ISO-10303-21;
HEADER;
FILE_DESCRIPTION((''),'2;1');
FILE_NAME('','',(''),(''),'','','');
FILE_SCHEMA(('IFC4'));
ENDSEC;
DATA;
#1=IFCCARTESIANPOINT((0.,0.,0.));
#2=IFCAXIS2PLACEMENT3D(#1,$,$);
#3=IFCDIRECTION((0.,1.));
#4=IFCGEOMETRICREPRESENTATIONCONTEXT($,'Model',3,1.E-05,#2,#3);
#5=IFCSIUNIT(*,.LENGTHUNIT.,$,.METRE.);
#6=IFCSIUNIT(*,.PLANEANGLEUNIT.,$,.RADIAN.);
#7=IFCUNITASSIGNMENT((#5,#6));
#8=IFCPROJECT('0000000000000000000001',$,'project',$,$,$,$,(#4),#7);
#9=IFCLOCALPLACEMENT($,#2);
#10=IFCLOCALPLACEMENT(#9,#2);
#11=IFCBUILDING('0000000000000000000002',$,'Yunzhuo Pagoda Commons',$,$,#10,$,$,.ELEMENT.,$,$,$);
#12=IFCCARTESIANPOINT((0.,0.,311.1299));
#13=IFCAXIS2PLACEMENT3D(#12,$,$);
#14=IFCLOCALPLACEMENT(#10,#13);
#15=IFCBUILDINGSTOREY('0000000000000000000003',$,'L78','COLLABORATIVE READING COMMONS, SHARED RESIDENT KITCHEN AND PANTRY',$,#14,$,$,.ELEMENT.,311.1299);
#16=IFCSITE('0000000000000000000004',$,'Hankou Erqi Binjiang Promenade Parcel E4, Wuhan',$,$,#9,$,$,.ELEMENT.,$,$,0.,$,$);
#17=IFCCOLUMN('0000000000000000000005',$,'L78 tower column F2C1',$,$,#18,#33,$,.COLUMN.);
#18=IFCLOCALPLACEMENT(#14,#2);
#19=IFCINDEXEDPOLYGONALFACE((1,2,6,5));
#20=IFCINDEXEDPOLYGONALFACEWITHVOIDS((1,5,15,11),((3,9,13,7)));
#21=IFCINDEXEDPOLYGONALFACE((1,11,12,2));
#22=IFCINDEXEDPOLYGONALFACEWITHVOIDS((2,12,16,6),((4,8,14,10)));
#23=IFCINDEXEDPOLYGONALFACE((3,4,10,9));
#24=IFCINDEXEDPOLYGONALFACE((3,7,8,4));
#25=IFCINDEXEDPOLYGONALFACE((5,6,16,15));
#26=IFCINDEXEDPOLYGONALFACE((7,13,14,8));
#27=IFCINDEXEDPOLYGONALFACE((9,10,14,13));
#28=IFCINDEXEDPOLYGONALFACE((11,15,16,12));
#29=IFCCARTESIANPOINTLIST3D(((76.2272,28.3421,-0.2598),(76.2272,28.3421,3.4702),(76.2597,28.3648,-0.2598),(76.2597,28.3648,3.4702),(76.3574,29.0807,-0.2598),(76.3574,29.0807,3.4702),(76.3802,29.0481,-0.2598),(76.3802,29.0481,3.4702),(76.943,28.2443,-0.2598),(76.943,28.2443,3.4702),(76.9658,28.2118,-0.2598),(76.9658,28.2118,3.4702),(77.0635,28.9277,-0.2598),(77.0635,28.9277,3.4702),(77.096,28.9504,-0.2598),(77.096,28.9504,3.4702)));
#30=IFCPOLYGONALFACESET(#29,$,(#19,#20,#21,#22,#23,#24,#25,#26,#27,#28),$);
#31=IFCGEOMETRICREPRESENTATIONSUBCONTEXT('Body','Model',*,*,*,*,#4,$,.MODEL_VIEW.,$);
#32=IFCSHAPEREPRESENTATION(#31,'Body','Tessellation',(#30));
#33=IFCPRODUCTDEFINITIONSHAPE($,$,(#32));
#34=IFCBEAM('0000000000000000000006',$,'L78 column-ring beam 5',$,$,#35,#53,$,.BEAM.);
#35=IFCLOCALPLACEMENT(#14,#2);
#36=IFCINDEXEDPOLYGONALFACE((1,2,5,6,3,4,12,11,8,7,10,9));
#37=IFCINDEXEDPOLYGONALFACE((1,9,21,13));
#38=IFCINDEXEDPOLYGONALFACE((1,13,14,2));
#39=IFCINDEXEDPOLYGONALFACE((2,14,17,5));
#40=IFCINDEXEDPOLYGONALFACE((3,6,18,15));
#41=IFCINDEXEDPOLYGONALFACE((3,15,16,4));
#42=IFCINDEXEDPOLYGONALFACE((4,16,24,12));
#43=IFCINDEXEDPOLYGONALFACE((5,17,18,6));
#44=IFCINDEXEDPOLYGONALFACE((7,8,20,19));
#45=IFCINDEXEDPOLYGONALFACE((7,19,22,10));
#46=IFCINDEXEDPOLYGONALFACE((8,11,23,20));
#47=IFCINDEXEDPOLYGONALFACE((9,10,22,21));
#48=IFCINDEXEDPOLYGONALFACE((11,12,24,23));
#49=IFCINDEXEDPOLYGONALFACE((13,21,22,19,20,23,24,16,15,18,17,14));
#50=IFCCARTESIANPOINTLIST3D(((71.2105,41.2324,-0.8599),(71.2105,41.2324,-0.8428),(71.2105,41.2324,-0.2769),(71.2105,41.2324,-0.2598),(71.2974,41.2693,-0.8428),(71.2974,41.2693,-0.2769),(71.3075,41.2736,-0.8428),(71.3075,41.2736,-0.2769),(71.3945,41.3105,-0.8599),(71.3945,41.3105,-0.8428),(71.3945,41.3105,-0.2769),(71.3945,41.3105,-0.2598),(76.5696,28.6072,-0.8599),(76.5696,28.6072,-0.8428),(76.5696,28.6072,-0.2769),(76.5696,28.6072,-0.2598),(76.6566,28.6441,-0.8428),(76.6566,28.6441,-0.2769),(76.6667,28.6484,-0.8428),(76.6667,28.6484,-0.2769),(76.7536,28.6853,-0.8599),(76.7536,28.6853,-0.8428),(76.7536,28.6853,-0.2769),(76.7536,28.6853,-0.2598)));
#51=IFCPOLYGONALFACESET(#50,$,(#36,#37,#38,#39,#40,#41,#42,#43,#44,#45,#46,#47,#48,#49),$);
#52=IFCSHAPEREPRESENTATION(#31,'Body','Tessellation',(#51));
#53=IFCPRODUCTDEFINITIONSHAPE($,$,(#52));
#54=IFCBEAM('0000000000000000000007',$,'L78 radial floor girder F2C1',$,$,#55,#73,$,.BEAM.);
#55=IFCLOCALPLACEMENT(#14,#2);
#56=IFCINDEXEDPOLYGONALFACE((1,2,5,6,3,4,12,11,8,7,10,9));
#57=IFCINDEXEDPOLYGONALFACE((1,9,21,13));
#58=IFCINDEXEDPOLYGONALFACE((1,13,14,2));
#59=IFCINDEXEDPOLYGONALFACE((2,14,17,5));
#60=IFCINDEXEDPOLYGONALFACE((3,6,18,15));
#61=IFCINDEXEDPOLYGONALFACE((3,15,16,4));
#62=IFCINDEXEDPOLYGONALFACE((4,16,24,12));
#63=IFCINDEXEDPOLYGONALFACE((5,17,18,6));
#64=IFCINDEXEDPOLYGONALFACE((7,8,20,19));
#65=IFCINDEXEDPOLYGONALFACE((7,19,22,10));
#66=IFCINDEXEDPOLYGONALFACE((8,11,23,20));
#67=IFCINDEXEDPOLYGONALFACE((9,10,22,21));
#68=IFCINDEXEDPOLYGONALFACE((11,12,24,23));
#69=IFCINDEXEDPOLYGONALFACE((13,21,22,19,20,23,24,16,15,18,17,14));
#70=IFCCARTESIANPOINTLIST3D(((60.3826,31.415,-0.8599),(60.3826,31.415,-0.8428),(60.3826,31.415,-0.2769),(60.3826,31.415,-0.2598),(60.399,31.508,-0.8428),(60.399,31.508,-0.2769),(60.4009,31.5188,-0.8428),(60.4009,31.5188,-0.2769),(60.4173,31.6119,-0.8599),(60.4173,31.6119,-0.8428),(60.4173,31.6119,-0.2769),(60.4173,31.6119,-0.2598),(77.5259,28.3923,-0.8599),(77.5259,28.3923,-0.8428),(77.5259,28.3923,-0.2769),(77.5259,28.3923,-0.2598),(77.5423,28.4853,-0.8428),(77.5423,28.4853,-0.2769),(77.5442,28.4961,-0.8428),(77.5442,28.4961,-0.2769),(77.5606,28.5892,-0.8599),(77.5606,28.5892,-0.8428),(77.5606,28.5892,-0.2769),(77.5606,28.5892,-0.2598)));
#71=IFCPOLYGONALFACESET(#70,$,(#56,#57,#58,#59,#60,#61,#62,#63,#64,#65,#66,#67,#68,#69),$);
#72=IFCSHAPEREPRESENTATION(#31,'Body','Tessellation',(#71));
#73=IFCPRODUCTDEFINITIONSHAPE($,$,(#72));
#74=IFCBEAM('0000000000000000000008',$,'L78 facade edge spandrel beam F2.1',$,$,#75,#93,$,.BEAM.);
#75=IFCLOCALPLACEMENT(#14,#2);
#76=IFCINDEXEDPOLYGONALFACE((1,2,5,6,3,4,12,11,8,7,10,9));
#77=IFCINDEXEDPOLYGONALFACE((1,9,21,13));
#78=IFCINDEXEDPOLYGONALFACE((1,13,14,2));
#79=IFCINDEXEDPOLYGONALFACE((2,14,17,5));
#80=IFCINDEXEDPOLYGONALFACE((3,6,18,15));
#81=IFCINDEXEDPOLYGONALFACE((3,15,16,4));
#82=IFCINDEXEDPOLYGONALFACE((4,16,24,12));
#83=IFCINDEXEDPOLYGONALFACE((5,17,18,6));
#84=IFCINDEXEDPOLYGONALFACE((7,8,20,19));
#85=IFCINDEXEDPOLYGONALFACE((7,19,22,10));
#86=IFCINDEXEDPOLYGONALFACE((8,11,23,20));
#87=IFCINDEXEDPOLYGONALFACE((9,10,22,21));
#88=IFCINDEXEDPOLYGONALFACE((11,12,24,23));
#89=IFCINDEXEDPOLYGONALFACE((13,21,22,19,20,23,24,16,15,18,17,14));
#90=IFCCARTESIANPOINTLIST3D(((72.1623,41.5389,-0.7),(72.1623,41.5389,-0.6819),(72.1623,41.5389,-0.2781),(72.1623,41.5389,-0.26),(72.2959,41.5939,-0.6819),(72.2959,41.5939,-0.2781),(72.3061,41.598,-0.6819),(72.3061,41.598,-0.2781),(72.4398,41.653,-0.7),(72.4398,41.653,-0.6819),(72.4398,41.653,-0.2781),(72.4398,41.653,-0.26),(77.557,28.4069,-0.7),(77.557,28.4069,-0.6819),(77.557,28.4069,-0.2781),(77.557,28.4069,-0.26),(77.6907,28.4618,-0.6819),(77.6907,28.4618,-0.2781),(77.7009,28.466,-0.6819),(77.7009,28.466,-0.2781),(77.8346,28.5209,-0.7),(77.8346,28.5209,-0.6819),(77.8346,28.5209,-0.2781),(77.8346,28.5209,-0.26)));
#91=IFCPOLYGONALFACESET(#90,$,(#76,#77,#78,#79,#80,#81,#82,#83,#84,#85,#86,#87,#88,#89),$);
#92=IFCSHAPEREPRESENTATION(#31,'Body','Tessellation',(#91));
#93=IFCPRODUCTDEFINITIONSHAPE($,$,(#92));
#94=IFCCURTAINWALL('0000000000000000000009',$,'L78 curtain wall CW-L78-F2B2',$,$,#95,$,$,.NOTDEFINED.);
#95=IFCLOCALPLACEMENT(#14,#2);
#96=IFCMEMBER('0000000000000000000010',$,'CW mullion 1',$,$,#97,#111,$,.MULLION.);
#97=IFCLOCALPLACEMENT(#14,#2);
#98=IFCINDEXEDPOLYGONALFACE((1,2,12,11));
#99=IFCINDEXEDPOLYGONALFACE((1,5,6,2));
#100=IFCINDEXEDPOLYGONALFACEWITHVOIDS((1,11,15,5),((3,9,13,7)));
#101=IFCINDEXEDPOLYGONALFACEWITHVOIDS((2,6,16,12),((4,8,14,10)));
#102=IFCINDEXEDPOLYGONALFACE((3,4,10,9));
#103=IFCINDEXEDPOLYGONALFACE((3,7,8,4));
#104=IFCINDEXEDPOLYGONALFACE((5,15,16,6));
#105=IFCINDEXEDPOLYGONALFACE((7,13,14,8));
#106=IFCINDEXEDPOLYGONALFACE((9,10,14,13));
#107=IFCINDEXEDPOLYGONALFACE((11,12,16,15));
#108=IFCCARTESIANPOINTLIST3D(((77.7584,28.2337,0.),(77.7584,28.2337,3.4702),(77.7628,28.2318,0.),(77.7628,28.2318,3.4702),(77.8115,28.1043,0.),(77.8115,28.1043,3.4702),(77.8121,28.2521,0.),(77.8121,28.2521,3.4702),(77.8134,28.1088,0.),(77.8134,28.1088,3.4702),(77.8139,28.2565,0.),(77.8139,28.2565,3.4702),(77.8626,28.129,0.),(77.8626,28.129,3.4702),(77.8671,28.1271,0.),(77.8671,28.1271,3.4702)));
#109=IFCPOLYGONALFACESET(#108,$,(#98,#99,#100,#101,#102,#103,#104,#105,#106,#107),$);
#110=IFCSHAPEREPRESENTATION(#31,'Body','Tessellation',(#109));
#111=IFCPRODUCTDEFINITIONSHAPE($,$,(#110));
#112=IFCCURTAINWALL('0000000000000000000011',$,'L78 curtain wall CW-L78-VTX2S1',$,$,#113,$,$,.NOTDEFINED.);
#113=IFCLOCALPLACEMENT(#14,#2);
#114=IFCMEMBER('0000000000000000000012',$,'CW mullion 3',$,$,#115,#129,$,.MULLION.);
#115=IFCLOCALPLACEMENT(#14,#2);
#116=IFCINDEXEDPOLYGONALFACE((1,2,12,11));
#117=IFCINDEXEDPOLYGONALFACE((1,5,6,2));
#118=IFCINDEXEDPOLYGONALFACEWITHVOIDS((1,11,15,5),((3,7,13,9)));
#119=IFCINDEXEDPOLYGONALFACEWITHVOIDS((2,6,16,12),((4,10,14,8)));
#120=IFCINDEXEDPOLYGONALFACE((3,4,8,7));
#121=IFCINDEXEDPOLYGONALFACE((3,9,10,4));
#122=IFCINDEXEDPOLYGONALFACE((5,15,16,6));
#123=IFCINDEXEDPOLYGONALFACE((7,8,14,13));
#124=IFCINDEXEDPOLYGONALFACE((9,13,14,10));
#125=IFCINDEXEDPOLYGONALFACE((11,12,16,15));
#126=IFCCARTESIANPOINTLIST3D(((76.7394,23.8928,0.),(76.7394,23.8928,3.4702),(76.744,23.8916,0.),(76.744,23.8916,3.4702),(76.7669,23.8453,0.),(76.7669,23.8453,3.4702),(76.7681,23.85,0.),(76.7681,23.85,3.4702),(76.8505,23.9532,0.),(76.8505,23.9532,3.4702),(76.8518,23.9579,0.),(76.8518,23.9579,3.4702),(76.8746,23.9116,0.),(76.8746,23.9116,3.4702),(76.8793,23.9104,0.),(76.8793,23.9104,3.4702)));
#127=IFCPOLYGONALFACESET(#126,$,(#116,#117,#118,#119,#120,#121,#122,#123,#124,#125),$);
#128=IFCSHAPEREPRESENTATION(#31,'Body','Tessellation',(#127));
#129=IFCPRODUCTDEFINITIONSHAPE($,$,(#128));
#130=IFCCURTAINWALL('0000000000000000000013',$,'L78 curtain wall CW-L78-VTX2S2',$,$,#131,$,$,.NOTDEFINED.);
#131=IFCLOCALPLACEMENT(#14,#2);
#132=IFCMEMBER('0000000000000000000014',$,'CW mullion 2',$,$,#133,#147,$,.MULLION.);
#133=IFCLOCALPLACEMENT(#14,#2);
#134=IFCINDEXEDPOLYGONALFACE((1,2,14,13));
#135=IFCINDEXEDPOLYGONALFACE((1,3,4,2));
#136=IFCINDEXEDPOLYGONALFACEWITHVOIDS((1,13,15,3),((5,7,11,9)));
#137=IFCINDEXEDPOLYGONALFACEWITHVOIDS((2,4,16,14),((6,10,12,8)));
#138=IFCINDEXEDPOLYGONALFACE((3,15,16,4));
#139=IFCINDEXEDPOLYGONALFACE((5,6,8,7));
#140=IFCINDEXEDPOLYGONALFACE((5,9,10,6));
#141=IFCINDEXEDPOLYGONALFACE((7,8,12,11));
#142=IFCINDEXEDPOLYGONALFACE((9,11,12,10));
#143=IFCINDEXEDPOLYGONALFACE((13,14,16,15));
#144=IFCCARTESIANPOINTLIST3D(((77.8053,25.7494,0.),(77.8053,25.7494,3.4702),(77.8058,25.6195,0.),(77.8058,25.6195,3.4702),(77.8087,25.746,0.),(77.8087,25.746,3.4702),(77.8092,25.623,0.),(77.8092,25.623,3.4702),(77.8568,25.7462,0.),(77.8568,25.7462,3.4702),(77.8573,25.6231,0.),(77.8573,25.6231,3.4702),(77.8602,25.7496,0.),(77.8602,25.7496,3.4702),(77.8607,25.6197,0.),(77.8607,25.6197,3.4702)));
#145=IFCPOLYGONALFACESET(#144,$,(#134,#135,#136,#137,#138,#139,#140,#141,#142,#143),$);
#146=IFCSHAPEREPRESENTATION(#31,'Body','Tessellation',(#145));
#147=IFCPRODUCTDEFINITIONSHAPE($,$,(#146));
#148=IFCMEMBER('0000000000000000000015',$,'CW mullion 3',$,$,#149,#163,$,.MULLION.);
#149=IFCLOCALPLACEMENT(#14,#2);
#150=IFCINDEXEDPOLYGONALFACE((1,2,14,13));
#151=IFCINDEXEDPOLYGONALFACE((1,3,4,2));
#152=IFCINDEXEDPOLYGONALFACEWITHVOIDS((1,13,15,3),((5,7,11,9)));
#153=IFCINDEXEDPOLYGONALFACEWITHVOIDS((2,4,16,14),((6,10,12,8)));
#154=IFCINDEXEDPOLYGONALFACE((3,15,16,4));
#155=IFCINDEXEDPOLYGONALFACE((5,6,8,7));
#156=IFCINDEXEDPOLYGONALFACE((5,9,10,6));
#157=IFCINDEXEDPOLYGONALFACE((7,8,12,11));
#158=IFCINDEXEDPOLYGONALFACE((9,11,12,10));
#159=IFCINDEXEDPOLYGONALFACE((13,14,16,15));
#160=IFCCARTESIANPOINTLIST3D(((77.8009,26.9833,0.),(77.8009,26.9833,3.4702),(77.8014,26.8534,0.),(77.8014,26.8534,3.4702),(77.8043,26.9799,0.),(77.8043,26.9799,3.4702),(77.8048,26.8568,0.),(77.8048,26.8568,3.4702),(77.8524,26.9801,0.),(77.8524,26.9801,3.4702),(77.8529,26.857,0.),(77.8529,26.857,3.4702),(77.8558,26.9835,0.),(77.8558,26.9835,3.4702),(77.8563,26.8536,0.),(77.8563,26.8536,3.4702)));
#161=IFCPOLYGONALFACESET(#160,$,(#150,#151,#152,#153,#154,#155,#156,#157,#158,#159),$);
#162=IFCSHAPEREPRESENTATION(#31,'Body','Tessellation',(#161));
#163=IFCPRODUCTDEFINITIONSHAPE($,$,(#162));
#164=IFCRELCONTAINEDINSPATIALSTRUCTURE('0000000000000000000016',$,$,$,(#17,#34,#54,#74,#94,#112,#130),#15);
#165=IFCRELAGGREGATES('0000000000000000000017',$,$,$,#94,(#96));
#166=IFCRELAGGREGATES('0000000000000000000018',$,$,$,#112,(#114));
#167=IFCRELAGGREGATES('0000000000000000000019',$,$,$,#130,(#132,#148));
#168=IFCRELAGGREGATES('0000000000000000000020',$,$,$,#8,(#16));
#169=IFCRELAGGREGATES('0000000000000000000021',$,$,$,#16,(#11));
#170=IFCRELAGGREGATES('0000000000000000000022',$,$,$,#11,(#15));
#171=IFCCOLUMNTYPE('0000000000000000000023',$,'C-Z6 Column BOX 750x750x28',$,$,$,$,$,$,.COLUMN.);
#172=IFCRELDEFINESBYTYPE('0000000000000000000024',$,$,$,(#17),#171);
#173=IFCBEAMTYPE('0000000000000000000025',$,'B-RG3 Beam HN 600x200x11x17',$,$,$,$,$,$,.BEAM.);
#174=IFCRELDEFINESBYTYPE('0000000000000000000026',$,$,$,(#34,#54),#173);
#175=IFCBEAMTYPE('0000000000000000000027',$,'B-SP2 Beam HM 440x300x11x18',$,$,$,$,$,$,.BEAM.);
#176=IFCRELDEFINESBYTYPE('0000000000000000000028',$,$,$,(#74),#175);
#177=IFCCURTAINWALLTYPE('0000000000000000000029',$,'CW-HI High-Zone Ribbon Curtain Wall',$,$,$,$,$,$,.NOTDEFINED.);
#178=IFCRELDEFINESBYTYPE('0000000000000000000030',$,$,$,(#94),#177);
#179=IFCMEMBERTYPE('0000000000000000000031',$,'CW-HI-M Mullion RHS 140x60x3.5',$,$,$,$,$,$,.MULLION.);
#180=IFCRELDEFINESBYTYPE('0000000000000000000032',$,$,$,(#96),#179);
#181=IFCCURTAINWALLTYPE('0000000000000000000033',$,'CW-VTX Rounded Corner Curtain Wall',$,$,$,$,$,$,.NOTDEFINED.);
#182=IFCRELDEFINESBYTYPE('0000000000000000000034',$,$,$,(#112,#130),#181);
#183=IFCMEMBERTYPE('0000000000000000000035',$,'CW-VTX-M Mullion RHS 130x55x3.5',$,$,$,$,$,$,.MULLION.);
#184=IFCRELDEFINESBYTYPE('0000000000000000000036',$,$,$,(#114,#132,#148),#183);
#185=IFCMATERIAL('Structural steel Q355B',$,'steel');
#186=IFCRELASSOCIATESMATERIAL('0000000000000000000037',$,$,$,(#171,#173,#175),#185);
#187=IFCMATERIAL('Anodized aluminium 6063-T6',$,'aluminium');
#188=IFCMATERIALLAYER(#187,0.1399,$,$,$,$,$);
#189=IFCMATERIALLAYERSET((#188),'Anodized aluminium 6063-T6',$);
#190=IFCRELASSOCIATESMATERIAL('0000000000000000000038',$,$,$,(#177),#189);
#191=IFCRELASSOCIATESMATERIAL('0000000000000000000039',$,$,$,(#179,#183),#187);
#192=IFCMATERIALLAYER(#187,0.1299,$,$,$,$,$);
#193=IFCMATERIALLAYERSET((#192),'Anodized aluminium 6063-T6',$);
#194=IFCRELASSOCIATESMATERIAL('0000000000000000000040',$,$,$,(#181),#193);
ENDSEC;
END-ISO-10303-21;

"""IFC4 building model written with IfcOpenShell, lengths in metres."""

from ifc_helpers import new_model, si_unit, direction, frame, origin, origin_2d, place, context, subcontext, project, spatial, hollow_rectangle, i_section, extrude, source, transform, mapped, material, layer, layer_set, material_profile, profile_set, type_object, element, aggregate, save


model = new_model("IFC4")

# Units and contexts
model_context = context("Model", 3, precision=1e-05, world=origin(), true_north=direction((0.0, 1.0)))
body_context = subcontext(model_context, "Body", "Model", "MODEL_VIEW")
ifc_project = project(units=[si_unit("LENGTHUNIT", "METRE"), si_unit("PLANEANGLEUNIT", "RADIAN")], contexts=[model_context])

# Site, building, storey
site_placement = place(None, origin())
site = spatial("IfcSite", under=ifc_project, at=site_placement, Name="Hankou Erqi Binjiang Promenade Parcel E4, Wuhan", CompositionType="ELEMENT", RefElevation=0.0)
building_placement = place(site_placement, origin())
building = spatial("IfcBuilding", under=site, at=building_placement, Name="Yunzhuo Pagoda Commons", CompositionType="ELEMENT")
storey_placement = place(building_placement, frame((0.0, 0.0, 311.1299)))
storey = spatial("IfcBuildingStorey", under=building, at=storey_placement, Name="L78", Description="COLLABORATIVE READING COMMONS, SHARED RESIDENT KITCHEN AND PANTRY", CompositionType="ELEMENT", Elevation=311.1299)

# Column
ifc_material_1 = material(Name="Structural steel Q355B", Category="steel")
ifc_material_profile_1 = material_profile(ifc_material_1, hollow_rectangle(XDim=0.75, YDim=0.75, WallThickness=0.0281, at=origin_2d()), Name="Structural steel Q355B")
ifc_profile_set_1 = profile_set([ifc_material_profile_1], Name="Structural steel Q355B")
column_type = type_object("IfcColumnType", Name="C-Z6 Column BOX 750x750x28", PredefinedType="COLUMN", material=ifc_profile_set_1)
shared_shape_1 = source(origin(), body_context, "Body", "SweptSolid", [
    extrude(hollow_rectangle(XDim=0.75, YDim=0.75, WallThickness=0.0281, at=origin_2d()), origin(), (0.0, 0.0, 1.0), 3.73),
])
column_placement = place(storey_placement, frame((76.6616, 28.6462, -0.2598), z_axis=(0.0, 0.0, 1.0), x_axis=(0.173648, 0.984808, 0.0)))
element("IfcColumn", 1, at=column_placement, inside=storey, type_object=column_type, Name="L78 tower column F2C1", PredefinedType="COLUMN", context=body_context, shape_type="MappedRepresentation", body=[
    mapped(shared_shape_1, transform((0.0, 0.0, 0.0), scale=1.0)),
])

# Beams
ifc_material_profile_2 = material_profile(ifc_material_1, i_section(OverallWidth=0.2, OverallDepth=0.6001, WebThickness=0.011, FlangeThickness=0.0171, at=origin_2d()), Name="Structural steel Q355B")
ifc_profile_set_2 = profile_set([ifc_material_profile_2], Name="Structural steel Q355B")
beam_type_1 = type_object("IfcBeamType", Name="B-RG3 Beam HN 600x200x11x17", PredefinedType="BEAM", material=ifc_profile_set_2)
shared_shape_2 = source(origin(), body_context, "Body", "SweptSolid", [
    extrude(i_section(OverallWidth=0.2, OverallDepth=0.6001, WebThickness=0.011, FlangeThickness=0.0171, at=origin_2d()), origin(), (0.0, 0.0, 1.0), 13.7156),
])
beam_1_placement = place(storey_placement, frame((76.6616, 28.6462, -0.5598), z_axis=(-0.390733, 0.920504, 0.0), x_axis=(-0.920504, -0.390733, 0.0)))
element("IfcBeam", 2, at=beam_1_placement, inside=storey, type_object=beam_type_1, Name="L78 column-ring beam 5", PredefinedType="BEAM", context=body_context, shape_type="MappedRepresentation", body=[
    mapped(shared_shape_2, transform((0.0, 0.0, 0.0), scale=1.0)),
])
shared_shape_3 = source(origin(), body_context, "Body", "SweptSolid", [
    extrude(i_section(OverallWidth=0.2, OverallDepth=0.6001, WebThickness=0.011, FlangeThickness=0.0171, at=origin_2d()), origin(), (0.0, 0.0, 1.0), 17.4077),
])
beam_2_placement = place(storey_placement, frame((77.5432, 28.4907, -0.5598), z_axis=(-0.984809, 0.173641, 0.0), x_axis=(-0.173641, -0.984809, 0.0)))
element("IfcBeam", 3, at=beam_2_placement, inside=storey, type_object=beam_type_1, Name="L78 radial floor girder F2C1", PredefinedType="BEAM", context=body_context, shape_type="MappedRepresentation", body=[
    mapped(shared_shape_3, transform((0.0, 0.0, 0.0), scale=1.0)),
])
ifc_material_profile_3 = material_profile(ifc_material_1, i_section(OverallWidth=0.3, OverallDepth=0.4399, WebThickness=0.011, FlangeThickness=0.0181, at=origin_2d()), Name="Structural steel Q355B")
ifc_profile_set_3 = profile_set([ifc_material_profile_3], Name="Structural steel Q355B")
beam_type_2 = type_object("IfcBeamType", Name="B-SP2 Beam HM 440x300x11x18", PredefinedType="BEAM", material=ifc_profile_set_3)
shared_shape_4 = source(origin(), body_context, "Body", "SweptSolid", [
    extrude(i_section(OverallWidth=0.3, OverallDepth=0.4399, WebThickness=0.011, FlangeThickness=0.0181, at=origin_2d()), origin(), (0.0, 0.0, 1.0), 14.197),
])
beam_3_placement = place(storey_placement, frame((77.6958, 28.4639, -0.48), z_axis=(-0.379994, 0.924989, 0.0), x_axis=(-0.924989, -0.379994, 0.0)))
element("IfcBeam", 4, at=beam_3_placement, inside=storey, type_object=beam_type_2, Name="L78 facade edge spandrel beam F2.1", PredefinedType="BEAM", context=body_context, shape_type="MappedRepresentation", body=[
    mapped(shared_shape_4, transform((0.0, 0.0, 0.0), scale=1.0)),
])

# Curtain walls, members
ifc_material_2 = material(Name="Anodized aluminium 6063-T6", Category="aluminium")
ifc_layer_1 = layer(ifc_material_2, 0.1399)
ifc_layer_set_1 = layer_set([ifc_layer_1], Name="Anodized aluminium 6063-T6")
curtain_wall_type_1 = type_object("IfcCurtainWallType", Name="CW-HI High-Zone Ribbon Curtain Wall", PredefinedType="NOTDEFINED", material=ifc_layer_set_1)
curtain_wall_1_placement = place(storey_placement, origin())
curtain_wall_1 = element("IfcCurtainWall", 5, at=curtain_wall_1_placement, inside=storey, type_object=curtain_wall_type_1, Name="L78 curtain wall CW-L78-F2B2", PredefinedType="NOTDEFINED")
ifc_material_profile_4 = material_profile(ifc_material_2, hollow_rectangle(XDim=0.0601, YDim=0.1399, WallThickness=0.0034, at=origin_2d()), Name="Anodized aluminium 6063-T6")
ifc_profile_set_4 = profile_set([ifc_material_profile_4], Name="Anodized aluminium 6063-T6")
member_type_1 = type_object("IfcMemberType", Name="CW-HI-M Mullion RHS 140x60x3.5", PredefinedType="MULLION", material=ifc_profile_set_4)
shared_shape_5 = source(origin(), body_context, "Body", "SweptSolid", [
    extrude(hollow_rectangle(XDim=0.0601, YDim=0.1399, WallThickness=0.0034, at=origin_2d()), origin(), (0.0, 0.0, 1.0), 3.4702),
])
member_1_placement = place(storey_placement, frame((77.8127, 28.1804, 0.0), z_axis=(0.0, 0.0, 1.0), x_axis=(-0.924975, -0.380027, 0.0)))
member_1 = element("IfcMember", 6, at=member_1_placement, type_object=member_type_1, Name="CW mullion 1", PredefinedType="MULLION", context=body_context, shape_type="MappedRepresentation", body=[
    mapped(shared_shape_5, transform((0.0, 0.0, 0.0), scale=1.0)),
])
ifc_layer_2 = layer(ifc_material_2, 0.1299)
ifc_layer_set_2 = layer_set([ifc_layer_2], Name="Anodized aluminium 6063-T6")
curtain_wall_type_2 = type_object("IfcCurtainWallType", Name="CW-VTX Rounded Corner Curtain Wall", PredefinedType="NOTDEFINED", material=ifc_layer_set_2)
curtain_wall_2_placement = place(storey_placement, origin())
curtain_wall_2 = element("IfcCurtainWall", 7, at=curtain_wall_2_placement, inside=storey, type_object=curtain_wall_type_2, Name="L78 curtain wall CW-L78-VTX2S1", PredefinedType="NOTDEFINED")
ifc_material_profile_5 = material_profile(ifc_material_2, hollow_rectangle(XDim=0.0549, YDim=0.1299, WallThickness=0.0034, at=origin_2d()), Name="Anodized aluminium 6063-T6")
ifc_profile_set_5 = profile_set([ifc_material_profile_5], Name="Anodized aluminium 6063-T6")
member_type_2 = type_object("IfcMemberType", Name="CW-VTX-M Mullion RHS 130x55x3.5", PredefinedType="MULLION", material=ifc_profile_set_5)
shared_shape_6 = source(origin(), body_context, "Body", "SweptSolid", [
    extrude(hollow_rectangle(XDim=0.0549, YDim=0.1299, WallThickness=0.0034, at=origin_2d()), origin(), (0.0, 0.0, 1.0), 3.4702),
])
member_2_placement = place(storey_placement, frame((76.8093, 23.9016, 0.0), z_axis=(0.0, 0.0, 1.0), x_axis=(-0.501027, 0.865432, 0.0)))
member_2 = element("IfcMember", 8, at=member_2_placement, type_object=member_type_2, Name="CW mullion 3", PredefinedType="MULLION", context=body_context, shape_type="MappedRepresentation", body=[
    mapped(shared_shape_6, transform((0.0, 0.0, 0.0), scale=1.0)),
])

# Curtain wall, members
curtain_wall_3_placement = place(storey_placement, origin())
curtain_wall_3 = element("IfcCurtainWall", 9, at=curtain_wall_3_placement, inside=storey, type_object=curtain_wall_type_2, Name="L78 curtain wall CW-L78-VTX2S2", PredefinedType="NOTDEFINED")
member_3_placement = place(storey_placement, frame((77.833, 25.6846, 0.0), z_axis=(0.0, 0.0, 1.0), x_axis=(-0.999994, -0.003592, 0.0)))
member_3 = element("IfcMember", 10, at=member_3_placement, type_object=member_type_2, Name="CW mullion 2", PredefinedType="MULLION", context=body_context, shape_type="MappedRepresentation", body=[
    mapped(shared_shape_6, transform((0.0, 0.0, 0.0), scale=1.0)),
])
member_4_placement = place(storey_placement, frame((77.8286, 26.9185, 0.0), z_axis=(0.0, 0.0, 1.0), x_axis=(-0.999994, -0.003592, 0.0)))
member_4 = element("IfcMember", 11, at=member_4_placement, type_object=member_type_2, Name="CW mullion 3", PredefinedType="MULLION", context=body_context, shape_type="MappedRepresentation", body=[
    mapped(shared_shape_6, transform((0.0, 0.0, 0.0), scale=1.0)),
])

aggregate(curtain_wall_1, [member_1])
aggregate(curtain_wall_2, [member_2])
aggregate(curtain_wall_3, [member_3, member_4])

save(model, "model.ifc")
